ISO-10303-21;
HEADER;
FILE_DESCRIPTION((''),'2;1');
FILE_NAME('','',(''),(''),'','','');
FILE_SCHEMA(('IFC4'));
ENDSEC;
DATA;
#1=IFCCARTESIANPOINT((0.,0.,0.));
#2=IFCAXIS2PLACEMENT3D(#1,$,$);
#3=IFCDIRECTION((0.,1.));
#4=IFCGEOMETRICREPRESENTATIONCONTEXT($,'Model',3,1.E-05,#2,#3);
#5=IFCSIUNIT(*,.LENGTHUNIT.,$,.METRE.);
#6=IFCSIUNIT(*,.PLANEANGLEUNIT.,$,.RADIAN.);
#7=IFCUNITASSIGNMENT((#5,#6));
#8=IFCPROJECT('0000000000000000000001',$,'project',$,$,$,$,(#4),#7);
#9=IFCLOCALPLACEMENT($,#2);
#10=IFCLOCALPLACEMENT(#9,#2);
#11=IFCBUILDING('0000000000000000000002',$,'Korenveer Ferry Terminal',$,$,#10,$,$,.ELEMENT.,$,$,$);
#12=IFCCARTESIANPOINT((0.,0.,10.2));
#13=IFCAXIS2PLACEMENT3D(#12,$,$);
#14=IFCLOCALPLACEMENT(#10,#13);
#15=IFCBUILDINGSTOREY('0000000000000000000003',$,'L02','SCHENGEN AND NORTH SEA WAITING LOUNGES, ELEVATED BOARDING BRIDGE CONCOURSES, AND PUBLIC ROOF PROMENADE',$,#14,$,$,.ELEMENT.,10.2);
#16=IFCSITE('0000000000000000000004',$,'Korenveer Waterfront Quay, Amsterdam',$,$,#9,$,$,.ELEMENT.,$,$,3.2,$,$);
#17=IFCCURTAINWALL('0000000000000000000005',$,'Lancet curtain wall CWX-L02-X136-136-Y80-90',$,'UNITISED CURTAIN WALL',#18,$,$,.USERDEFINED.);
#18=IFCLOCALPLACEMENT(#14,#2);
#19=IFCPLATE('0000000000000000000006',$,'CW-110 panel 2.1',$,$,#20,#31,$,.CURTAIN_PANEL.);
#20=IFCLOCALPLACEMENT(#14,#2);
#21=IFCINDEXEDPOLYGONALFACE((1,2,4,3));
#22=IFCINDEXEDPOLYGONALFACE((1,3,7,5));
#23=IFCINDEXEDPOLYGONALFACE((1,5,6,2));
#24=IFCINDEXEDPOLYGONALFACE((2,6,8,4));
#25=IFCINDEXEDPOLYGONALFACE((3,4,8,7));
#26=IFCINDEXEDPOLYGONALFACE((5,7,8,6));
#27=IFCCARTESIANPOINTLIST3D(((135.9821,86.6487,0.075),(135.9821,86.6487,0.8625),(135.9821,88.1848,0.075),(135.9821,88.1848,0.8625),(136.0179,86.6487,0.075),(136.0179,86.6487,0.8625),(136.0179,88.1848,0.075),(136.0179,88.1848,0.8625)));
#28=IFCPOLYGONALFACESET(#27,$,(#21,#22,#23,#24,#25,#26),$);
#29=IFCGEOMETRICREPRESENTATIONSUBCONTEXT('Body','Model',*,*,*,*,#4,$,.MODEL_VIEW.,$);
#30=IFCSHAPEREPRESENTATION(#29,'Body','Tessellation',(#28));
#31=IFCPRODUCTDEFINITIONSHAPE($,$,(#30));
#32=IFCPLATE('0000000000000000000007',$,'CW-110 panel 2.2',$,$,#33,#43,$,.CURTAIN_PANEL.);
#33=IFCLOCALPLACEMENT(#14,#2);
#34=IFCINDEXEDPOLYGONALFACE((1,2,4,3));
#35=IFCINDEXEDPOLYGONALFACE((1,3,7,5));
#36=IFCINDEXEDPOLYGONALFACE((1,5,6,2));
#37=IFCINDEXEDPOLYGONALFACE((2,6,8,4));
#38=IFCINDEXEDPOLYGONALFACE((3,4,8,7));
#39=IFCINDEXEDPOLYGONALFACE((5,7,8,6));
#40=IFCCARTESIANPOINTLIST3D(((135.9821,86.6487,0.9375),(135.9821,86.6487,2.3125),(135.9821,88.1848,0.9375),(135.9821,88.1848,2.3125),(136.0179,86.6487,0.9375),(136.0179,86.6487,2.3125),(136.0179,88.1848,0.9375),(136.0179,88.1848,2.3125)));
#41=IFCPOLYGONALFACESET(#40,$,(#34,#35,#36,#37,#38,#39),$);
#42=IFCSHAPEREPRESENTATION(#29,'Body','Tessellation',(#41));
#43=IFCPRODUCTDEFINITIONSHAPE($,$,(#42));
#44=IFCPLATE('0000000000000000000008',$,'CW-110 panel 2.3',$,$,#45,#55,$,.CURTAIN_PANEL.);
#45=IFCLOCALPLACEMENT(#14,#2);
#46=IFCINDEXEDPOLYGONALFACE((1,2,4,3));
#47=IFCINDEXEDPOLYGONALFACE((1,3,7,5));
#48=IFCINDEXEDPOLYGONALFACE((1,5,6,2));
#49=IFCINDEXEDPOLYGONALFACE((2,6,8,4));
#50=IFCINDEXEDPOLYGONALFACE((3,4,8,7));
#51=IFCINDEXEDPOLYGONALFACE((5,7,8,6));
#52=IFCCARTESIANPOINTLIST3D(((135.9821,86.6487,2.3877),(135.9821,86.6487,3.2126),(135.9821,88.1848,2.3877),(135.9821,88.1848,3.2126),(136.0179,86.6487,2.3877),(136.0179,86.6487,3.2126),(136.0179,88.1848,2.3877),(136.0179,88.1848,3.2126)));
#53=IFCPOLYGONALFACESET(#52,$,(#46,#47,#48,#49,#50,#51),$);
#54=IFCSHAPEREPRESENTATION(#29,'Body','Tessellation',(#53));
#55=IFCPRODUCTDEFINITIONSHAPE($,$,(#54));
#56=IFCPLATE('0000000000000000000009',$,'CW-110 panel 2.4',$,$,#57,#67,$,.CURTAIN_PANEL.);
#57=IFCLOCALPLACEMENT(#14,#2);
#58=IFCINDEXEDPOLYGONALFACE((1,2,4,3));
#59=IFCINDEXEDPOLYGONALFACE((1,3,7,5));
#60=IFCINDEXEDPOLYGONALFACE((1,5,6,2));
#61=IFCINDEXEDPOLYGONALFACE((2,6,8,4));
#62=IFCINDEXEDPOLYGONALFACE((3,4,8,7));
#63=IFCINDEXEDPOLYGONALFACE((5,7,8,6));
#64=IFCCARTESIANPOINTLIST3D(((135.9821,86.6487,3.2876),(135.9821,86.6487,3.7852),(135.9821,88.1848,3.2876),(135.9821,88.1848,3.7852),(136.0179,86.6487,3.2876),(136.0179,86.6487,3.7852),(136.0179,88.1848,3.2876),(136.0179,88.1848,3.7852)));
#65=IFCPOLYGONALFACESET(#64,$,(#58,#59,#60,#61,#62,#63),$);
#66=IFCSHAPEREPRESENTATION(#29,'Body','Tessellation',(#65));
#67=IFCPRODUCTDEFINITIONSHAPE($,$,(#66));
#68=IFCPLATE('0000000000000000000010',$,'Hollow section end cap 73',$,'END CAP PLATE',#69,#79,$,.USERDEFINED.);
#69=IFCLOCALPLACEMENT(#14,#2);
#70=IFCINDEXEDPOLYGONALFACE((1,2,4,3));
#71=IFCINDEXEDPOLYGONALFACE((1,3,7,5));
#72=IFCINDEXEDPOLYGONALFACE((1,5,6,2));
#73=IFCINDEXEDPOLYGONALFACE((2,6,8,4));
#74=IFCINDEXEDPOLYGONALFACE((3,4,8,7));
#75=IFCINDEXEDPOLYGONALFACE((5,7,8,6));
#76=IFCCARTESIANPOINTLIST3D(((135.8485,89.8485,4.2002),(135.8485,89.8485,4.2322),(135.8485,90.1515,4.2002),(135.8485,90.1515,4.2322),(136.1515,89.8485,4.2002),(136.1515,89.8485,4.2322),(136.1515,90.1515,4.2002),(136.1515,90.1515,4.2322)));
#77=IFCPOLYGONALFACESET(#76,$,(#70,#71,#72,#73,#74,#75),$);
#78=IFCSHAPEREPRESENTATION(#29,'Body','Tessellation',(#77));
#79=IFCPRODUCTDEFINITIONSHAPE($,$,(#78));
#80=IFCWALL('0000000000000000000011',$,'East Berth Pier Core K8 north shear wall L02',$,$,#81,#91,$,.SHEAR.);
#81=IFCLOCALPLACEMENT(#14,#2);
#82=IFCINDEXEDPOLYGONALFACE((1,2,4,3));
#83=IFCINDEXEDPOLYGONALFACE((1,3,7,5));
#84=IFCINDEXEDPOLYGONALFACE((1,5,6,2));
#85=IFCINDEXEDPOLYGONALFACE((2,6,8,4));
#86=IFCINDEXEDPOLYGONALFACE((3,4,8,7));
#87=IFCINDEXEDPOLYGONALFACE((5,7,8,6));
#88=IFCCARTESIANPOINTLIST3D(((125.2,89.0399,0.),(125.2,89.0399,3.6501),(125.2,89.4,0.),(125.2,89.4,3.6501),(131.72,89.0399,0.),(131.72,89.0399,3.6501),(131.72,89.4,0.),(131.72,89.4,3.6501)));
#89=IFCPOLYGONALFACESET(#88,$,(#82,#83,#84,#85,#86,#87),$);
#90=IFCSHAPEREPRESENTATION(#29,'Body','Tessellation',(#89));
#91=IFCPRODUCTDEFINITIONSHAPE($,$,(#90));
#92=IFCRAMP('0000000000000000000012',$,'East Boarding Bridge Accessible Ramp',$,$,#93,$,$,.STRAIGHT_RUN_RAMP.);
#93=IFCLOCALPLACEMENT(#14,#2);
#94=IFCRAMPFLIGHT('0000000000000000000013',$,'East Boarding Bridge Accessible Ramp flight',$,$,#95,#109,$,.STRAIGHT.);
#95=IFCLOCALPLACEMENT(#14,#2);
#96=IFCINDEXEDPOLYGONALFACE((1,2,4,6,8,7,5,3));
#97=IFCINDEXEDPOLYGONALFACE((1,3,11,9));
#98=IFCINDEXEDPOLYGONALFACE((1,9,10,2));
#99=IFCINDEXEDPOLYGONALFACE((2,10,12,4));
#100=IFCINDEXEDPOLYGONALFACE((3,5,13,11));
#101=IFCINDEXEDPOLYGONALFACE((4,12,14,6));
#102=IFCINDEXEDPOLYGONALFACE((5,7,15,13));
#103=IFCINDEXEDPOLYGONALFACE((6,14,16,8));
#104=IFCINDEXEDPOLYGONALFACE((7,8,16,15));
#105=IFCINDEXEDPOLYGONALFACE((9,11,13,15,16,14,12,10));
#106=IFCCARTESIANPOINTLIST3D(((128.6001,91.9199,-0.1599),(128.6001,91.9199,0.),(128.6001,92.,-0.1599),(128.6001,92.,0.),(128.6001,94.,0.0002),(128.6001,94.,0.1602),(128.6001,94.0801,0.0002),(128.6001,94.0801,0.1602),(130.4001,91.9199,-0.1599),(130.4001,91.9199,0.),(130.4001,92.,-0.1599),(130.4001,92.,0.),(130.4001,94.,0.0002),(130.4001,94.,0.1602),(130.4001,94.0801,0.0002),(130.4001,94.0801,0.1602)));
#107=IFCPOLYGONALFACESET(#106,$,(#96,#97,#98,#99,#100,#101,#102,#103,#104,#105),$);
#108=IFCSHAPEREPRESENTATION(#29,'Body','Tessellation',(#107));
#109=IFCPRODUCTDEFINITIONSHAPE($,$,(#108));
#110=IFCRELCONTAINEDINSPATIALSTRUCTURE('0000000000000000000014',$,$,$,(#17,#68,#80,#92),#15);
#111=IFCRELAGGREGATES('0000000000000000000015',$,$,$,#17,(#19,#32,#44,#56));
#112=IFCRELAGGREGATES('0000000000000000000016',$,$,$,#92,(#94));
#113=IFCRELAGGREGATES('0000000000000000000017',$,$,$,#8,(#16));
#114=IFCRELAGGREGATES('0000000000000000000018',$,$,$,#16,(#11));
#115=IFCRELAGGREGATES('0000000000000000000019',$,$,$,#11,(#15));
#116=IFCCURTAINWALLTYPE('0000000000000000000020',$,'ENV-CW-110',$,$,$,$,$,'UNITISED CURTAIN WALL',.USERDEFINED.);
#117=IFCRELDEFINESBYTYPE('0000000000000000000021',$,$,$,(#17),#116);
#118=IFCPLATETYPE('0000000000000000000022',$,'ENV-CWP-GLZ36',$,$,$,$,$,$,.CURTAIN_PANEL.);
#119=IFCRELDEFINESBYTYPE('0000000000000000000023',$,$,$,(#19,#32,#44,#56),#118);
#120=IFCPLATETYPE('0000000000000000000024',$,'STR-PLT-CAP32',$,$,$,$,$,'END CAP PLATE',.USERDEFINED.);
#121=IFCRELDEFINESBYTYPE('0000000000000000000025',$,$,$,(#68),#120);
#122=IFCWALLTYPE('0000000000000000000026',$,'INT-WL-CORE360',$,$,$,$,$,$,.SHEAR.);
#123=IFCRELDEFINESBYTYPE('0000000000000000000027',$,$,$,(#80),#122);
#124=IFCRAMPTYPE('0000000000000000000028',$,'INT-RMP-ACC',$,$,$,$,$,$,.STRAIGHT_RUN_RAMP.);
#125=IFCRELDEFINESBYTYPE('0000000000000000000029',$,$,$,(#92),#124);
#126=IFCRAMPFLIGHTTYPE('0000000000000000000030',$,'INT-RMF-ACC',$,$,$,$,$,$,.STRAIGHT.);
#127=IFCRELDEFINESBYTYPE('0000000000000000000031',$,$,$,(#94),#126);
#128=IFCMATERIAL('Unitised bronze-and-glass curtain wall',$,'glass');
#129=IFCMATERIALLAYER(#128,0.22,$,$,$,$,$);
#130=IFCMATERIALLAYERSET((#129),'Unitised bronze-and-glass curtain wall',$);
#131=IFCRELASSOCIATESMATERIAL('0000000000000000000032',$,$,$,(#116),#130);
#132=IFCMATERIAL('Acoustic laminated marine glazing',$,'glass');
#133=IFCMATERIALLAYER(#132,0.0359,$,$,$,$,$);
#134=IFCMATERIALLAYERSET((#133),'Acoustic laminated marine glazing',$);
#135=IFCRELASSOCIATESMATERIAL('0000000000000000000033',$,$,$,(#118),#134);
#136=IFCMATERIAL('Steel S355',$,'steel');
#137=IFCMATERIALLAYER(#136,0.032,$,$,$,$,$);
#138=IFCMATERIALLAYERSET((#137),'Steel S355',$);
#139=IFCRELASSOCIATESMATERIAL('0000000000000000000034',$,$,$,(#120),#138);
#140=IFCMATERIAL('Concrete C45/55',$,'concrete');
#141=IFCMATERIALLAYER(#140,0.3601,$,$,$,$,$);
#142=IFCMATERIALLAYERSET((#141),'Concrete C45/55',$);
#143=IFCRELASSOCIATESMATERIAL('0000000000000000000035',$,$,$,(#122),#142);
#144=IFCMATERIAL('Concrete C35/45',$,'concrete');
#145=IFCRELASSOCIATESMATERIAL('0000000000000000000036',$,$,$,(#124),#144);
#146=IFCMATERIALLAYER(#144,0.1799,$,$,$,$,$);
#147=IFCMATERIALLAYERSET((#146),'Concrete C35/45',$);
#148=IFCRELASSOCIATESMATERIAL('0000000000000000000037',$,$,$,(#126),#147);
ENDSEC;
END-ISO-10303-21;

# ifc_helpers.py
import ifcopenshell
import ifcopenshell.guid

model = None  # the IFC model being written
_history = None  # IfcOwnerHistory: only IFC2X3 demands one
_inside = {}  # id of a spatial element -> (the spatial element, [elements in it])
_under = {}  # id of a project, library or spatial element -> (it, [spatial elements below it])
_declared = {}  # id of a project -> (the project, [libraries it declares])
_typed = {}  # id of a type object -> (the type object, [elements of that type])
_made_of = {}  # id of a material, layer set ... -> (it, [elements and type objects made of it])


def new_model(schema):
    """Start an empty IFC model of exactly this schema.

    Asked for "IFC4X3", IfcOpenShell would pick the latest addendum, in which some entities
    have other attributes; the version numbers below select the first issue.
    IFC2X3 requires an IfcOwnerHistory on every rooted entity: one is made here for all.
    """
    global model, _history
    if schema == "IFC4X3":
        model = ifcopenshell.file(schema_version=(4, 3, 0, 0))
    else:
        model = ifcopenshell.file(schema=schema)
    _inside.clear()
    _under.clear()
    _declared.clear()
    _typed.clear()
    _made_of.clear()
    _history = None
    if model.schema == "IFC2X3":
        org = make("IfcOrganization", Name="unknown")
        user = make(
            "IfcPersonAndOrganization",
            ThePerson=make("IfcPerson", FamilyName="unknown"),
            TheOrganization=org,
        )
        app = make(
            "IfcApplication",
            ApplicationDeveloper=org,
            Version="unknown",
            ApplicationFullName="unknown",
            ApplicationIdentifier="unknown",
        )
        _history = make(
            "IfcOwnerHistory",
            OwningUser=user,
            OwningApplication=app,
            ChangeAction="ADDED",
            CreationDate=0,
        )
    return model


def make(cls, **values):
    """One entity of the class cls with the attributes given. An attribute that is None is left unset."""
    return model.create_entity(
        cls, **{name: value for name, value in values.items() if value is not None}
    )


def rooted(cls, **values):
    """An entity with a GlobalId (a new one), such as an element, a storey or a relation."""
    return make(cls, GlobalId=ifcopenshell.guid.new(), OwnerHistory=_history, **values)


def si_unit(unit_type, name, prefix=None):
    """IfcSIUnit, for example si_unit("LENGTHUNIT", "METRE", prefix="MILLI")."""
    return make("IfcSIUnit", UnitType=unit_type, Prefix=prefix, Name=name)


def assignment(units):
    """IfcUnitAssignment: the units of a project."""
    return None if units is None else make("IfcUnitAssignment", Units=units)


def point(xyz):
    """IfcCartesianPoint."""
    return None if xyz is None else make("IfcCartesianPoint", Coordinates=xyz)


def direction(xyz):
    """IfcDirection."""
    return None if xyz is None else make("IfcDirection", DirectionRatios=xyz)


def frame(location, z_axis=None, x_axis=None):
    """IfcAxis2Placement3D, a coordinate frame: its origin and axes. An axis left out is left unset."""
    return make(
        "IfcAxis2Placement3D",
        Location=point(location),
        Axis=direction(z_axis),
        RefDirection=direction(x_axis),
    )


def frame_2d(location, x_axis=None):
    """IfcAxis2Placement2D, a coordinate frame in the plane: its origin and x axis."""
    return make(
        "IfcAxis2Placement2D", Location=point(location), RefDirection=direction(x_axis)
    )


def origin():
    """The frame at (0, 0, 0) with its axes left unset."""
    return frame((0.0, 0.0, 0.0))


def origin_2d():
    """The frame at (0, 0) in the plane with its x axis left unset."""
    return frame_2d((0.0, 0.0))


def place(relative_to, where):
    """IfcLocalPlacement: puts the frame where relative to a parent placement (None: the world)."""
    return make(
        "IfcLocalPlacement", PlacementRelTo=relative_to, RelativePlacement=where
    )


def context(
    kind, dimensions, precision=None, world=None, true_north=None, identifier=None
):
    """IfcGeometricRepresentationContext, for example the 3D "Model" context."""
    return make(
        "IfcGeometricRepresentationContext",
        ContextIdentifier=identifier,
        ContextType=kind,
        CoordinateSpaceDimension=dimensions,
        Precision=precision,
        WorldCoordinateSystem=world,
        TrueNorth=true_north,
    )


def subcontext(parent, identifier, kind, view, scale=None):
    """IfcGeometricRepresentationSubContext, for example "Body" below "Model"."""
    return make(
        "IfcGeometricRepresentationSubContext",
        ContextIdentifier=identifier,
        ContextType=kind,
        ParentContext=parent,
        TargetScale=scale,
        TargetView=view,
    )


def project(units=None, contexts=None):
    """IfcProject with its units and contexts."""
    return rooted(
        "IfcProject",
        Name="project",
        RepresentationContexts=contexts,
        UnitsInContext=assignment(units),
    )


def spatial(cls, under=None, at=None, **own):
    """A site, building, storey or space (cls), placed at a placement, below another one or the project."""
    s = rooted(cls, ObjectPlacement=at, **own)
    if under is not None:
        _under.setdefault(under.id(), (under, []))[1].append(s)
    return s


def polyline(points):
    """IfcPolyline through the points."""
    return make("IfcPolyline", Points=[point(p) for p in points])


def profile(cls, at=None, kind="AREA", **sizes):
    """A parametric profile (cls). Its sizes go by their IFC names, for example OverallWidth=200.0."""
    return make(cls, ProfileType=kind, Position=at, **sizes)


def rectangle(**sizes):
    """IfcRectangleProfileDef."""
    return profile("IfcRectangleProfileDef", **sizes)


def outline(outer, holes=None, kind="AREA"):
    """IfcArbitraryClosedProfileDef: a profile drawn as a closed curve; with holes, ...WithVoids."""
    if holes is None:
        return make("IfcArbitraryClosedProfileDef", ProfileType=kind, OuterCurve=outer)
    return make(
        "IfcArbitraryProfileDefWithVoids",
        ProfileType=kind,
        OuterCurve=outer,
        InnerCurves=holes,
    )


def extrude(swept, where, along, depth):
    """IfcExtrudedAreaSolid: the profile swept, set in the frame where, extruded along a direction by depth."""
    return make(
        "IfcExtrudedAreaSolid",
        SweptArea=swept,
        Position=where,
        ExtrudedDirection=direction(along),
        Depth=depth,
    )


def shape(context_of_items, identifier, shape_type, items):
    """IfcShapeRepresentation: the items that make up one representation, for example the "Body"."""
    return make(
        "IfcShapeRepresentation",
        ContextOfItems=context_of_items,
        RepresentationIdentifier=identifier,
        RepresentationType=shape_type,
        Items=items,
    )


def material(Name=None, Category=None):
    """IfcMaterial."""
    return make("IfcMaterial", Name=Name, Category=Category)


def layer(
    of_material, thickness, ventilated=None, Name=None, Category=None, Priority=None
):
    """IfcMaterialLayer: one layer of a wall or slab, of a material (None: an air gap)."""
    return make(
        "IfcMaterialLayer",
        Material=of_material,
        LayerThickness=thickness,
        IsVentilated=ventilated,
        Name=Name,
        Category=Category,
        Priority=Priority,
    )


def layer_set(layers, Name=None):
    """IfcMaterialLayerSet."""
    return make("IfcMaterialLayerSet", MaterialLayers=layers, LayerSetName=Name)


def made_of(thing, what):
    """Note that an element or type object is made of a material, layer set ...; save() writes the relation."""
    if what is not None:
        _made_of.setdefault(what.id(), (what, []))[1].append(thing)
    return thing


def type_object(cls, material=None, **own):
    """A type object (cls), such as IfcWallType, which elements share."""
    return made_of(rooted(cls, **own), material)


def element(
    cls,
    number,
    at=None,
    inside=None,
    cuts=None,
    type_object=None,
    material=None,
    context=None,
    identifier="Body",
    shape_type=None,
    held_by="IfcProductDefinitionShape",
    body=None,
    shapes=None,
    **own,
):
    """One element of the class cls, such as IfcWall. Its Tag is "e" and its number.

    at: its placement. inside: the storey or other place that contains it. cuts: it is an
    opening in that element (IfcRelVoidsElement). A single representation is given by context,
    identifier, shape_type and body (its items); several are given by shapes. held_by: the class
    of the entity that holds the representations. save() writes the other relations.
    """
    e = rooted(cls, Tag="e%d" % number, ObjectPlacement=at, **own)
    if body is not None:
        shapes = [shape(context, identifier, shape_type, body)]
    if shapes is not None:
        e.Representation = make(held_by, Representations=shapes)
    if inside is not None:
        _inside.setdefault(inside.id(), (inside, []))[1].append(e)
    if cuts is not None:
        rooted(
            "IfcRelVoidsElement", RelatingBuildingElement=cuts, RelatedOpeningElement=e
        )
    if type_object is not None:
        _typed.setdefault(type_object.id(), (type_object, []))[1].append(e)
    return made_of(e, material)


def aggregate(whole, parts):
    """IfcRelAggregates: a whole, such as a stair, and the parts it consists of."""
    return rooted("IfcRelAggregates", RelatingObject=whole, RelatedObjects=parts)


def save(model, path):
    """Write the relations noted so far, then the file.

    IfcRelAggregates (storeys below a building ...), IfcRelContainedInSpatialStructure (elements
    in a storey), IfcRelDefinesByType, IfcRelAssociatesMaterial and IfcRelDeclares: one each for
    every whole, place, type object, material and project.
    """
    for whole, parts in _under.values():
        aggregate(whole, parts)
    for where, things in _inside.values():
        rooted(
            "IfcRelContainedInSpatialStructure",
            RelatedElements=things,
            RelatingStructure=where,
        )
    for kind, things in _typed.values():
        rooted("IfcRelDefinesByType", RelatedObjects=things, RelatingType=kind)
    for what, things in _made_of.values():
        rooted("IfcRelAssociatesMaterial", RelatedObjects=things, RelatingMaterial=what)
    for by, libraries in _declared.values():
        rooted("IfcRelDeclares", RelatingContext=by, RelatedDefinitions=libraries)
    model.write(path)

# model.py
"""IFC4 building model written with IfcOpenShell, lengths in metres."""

from ifc_helpers import new_model, si_unit, direction, frame, frame_2d, origin, origin_2d, place, context, subcontext, project, spatial, polyline, rectangle, outline, extrude, material, layer, layer_set, type_object, element, aggregate, save


model = new_model("IFC4")

# Units and contexts
model_context = context("Model", 3, precision=1e-05, world=origin(), true_north=direction((0.0, 1.0)))
body_context = subcontext(model_context, "Body", "Model", "MODEL_VIEW")
ifc_project = project(units=[si_unit("LENGTHUNIT", "METRE"), si_unit("PLANEANGLEUNIT", "RADIAN")], contexts=[model_context])

# Site, building, storey
site_placement = place(None, origin())
site = spatial("IfcSite", under=ifc_project, at=site_placement, Name="Korenveer Waterfront Quay, Amsterdam", CompositionType="ELEMENT", RefElevation=3.2)
building_placement = place(site_placement, origin())
building = spatial("IfcBuilding", under=site, at=building_placement, Name="Korenveer Ferry Terminal", CompositionType="ELEMENT")
storey_placement = place(building_placement, frame((0.0, 0.0, 10.2)))
storey = spatial("IfcBuildingStorey", under=building, at=storey_placement, Name="L02", Description="SCHENGEN AND NORTH SEA WAITING LOUNGES, ELEVATED BOARDING BRIDGE CONCOURSES, AND PUBLIC ROOF PROMENADE", CompositionType="ELEMENT", Elevation=10.2)

# Shared definitions
ifc_material_1 = material(Name="Steel S355", Category="steel")

# Shared definitions
ifc_material_2 = material(Name="Unitised bronze-and-glass curtain wall", Category="glass")

# Curtain wall
ifc_layer_1 = layer(ifc_material_2, 0.22)
ifc_layer_set_1 = layer_set([ifc_layer_1], Name="Unitised bronze-and-glass curtain wall")
curtain_wall_type_1 = type_object("IfcCurtainWallType", Name="ENV-CW-110", ElementType="UNITISED CURTAIN WALL", PredefinedType="USERDEFINED", material=ifc_layer_set_1)
curtain_wall_1_placement = place(storey_placement, frame((136.0, 89.8335, 0.0)))
curtain_wall_1 = element("IfcCurtainWall", 1, at=curtain_wall_1_placement, inside=storey, type_object=curtain_wall_type_1, Name="Lancet curtain wall CWX-L02-X136-136-Y80-90", ObjectType="UNITISED CURTAIN WALL", PredefinedType="USERDEFINED")

# Plates
ifc_material_3 = material(Name="Acoustic laminated marine glazing", Category="glass")
ifc_layer_2 = layer(ifc_material_3, 0.0359)
ifc_layer_set_2 = layer_set([ifc_layer_2], Name="Acoustic laminated marine glazing")
plate_type_1 = type_object("IfcPlateType", Name="ENV-CWP-GLZ36", PredefinedType="CURTAIN_PANEL", material=ifc_layer_set_2)
plate_1_placement = place(storey_placement, frame((136.0, 87.4167, 0.075), z_axis=(0.0, 0.0, 1.0), x_axis=(0.0, -1.0, 0.0)))
plate_1 = element("IfcPlate", 2, at=plate_1_placement, type_object=plate_type_1, Name="CW-110 panel 2.1", PredefinedType="CURTAIN_PANEL", context=body_context, shape_type="SweptSolid", body=[
    extrude(rectangle(XDim=1.5361, YDim=0.0359, at=origin_2d()), origin(), (0.0, 0.0, 1.0), 0.7876),
])
plate_2_placement = place(storey_placement, frame((136.0, 87.4167, 0.9375), z_axis=(0.0, 0.0, 1.0), x_axis=(0.0, -1.0, 0.0)))
plate_2 = element("IfcPlate", 3, at=plate_2_placement, type_object=plate_type_1, Name="CW-110 panel 2.2", PredefinedType="CURTAIN_PANEL", context=body_context, shape_type="SweptSolid", body=[
    extrude(rectangle(XDim=1.5361, YDim=0.0359, at=origin_2d()), origin(), (0.0, 0.0, 1.0), 1.375),
])
plate_3_placement = place(storey_placement, frame((136.0, 87.4167, 2.3877), z_axis=(0.0, 0.0, 1.0), x_axis=(0.0, -1.0, 0.0)))
plate_3 = element("IfcPlate", 4, at=plate_3_placement, type_object=plate_type_1, Name="CW-110 panel 2.3", PredefinedType="CURTAIN_PANEL", context=body_context, shape_type="SweptSolid", body=[
    extrude(rectangle(XDim=1.5361, YDim=0.0359, at=origin_2d()), origin(), (0.0, 0.0, 1.0), 0.825),
])
plate_4_placement = place(storey_placement, frame((136.0, 87.4167, 3.2876), z_axis=(0.0, 0.0, 1.0), x_axis=(0.0, -1.0, 0.0)))
plate_4 = element("IfcPlate", 5, at=plate_4_placement, type_object=plate_type_1, Name="CW-110 panel 2.4", PredefinedType="CURTAIN_PANEL", context=body_context, shape_type="SweptSolid", body=[
    extrude(rectangle(XDim=1.5361, YDim=0.0359, at=origin_2d()), origin(), (0.0, 0.0, 1.0), 0.4976),
])
aggregate(curtain_wall_1, [plate_1, plate_2, plate_3, plate_4])
ifc_layer_3 = layer(ifc_material_1, 0.032)
ifc_layer_set_3 = layer_set([ifc_layer_3], Name="Steel S355")
plate_type_2 = type_object("IfcPlateType", Name="STR-PLT-CAP32", ElementType="END CAP PLATE", PredefinedType="USERDEFINED", material=ifc_layer_set_3)
plate_5_placement = place(storey_placement, frame((136.0, 90.0, 4.2002), z_axis=(0.0, 0.0, 1.0), x_axis=(1.0, 0.0, 0.0)))
element("IfcPlate", 6, at=plate_5_placement, inside=storey, type_object=plate_type_2, Name="Hollow section end cap 73", ObjectType="END CAP PLATE", PredefinedType="USERDEFINED", context=body_context, shape_type="SweptSolid", body=[
    extrude(rectangle(XDim=0.303, YDim=0.303, at=origin_2d()), origin(), (0.0, 0.0, 1.0), 0.032),
])

# Wall
ifc_material_4 = material(Name="Concrete C45/55", Category="concrete")
ifc_layer_4 = layer(ifc_material_4, 0.3601)
ifc_layer_set_4 = layer_set([ifc_layer_4], Name="Concrete C45/55")
wall_type = type_object("IfcWallType", Name="INT-WL-CORE360", PredefinedType="SHEAR", material=ifc_layer_set_4)
wall_placement = place(storey_placement, frame((125.2, 89.22, 0.0), z_axis=(0.0, 0.0, 1.0), x_axis=(1.0, 0.0, 0.0)))
element("IfcWall", 7, at=wall_placement, inside=storey, type_object=wall_type, Name="East Berth Pier Core K8 north shear wall L02", PredefinedType="SHEAR", context=body_context, shape_type="SweptSolid", body=[
    extrude(rectangle(XDim=6.52, YDim=0.3601, at=frame_2d((3.26, 0.0))), origin(), (0.0, 0.0, 1.0), 3.6501),
])

# Ramp, ramp flight
ifc_material_5 = material(Name="Concrete C35/45", Category="concrete")
ramp_type = type_object("IfcRampType", Name="INT-RMP-ACC", PredefinedType="STRAIGHT_RUN_RAMP", material=ifc_material_5)
ramp_placement = place(storey_placement, frame((129.5, 92.0, 0.0)))
ramp = element("IfcRamp", 8, at=ramp_placement, inside=storey, type_object=ramp_type, Name="East Boarding Bridge Accessible Ramp", PredefinedType="STRAIGHT_RUN_RAMP")
ifc_layer_5 = layer(ifc_material_5, 0.1799)
ifc_layer_set_5 = layer_set([ifc_layer_5], Name="Concrete C35/45")
ramp_flight_type = type_object("IfcRampFlightType", Name="INT-RMF-ACC", PredefinedType="STRAIGHT", material=ifc_layer_set_5)
ramp_flight_placement = place(storey_placement, frame((129.5, 92.0, 0.0), z_axis=(0.0, 0.0, 1.0), x_axis=(0.0, 1.0, 0.0)))
ramp_flight = element("IfcRampFlight", 9, at=ramp_flight_placement, type_object=ramp_flight_type, Name="East Boarding Bridge Accessible Ramp flight", PredefinedType="STRAIGHT", context=body_context, shape_type="SweptSolid", body=[
    extrude(outline(polyline([(-0.0801, 0.0), (0.0, 0.0), (2.0, 0.1602), (2.0801, 0.1602), (2.0801, 0.0002), (2.0, 0.0002), (0.0, -0.1599), (-0.0801, -0.1599), (-0.0801, 0.0)])), frame((0.0, 0.8999, 0.0), z_axis=(0.0, -1.0, 0.0), x_axis=(1.0, 0.0, 0.0)), (0.0, 0.0, 1.0), 1.8),
])
aggregate(ramp, [ramp_flight])

save(model, "model.ifc")
